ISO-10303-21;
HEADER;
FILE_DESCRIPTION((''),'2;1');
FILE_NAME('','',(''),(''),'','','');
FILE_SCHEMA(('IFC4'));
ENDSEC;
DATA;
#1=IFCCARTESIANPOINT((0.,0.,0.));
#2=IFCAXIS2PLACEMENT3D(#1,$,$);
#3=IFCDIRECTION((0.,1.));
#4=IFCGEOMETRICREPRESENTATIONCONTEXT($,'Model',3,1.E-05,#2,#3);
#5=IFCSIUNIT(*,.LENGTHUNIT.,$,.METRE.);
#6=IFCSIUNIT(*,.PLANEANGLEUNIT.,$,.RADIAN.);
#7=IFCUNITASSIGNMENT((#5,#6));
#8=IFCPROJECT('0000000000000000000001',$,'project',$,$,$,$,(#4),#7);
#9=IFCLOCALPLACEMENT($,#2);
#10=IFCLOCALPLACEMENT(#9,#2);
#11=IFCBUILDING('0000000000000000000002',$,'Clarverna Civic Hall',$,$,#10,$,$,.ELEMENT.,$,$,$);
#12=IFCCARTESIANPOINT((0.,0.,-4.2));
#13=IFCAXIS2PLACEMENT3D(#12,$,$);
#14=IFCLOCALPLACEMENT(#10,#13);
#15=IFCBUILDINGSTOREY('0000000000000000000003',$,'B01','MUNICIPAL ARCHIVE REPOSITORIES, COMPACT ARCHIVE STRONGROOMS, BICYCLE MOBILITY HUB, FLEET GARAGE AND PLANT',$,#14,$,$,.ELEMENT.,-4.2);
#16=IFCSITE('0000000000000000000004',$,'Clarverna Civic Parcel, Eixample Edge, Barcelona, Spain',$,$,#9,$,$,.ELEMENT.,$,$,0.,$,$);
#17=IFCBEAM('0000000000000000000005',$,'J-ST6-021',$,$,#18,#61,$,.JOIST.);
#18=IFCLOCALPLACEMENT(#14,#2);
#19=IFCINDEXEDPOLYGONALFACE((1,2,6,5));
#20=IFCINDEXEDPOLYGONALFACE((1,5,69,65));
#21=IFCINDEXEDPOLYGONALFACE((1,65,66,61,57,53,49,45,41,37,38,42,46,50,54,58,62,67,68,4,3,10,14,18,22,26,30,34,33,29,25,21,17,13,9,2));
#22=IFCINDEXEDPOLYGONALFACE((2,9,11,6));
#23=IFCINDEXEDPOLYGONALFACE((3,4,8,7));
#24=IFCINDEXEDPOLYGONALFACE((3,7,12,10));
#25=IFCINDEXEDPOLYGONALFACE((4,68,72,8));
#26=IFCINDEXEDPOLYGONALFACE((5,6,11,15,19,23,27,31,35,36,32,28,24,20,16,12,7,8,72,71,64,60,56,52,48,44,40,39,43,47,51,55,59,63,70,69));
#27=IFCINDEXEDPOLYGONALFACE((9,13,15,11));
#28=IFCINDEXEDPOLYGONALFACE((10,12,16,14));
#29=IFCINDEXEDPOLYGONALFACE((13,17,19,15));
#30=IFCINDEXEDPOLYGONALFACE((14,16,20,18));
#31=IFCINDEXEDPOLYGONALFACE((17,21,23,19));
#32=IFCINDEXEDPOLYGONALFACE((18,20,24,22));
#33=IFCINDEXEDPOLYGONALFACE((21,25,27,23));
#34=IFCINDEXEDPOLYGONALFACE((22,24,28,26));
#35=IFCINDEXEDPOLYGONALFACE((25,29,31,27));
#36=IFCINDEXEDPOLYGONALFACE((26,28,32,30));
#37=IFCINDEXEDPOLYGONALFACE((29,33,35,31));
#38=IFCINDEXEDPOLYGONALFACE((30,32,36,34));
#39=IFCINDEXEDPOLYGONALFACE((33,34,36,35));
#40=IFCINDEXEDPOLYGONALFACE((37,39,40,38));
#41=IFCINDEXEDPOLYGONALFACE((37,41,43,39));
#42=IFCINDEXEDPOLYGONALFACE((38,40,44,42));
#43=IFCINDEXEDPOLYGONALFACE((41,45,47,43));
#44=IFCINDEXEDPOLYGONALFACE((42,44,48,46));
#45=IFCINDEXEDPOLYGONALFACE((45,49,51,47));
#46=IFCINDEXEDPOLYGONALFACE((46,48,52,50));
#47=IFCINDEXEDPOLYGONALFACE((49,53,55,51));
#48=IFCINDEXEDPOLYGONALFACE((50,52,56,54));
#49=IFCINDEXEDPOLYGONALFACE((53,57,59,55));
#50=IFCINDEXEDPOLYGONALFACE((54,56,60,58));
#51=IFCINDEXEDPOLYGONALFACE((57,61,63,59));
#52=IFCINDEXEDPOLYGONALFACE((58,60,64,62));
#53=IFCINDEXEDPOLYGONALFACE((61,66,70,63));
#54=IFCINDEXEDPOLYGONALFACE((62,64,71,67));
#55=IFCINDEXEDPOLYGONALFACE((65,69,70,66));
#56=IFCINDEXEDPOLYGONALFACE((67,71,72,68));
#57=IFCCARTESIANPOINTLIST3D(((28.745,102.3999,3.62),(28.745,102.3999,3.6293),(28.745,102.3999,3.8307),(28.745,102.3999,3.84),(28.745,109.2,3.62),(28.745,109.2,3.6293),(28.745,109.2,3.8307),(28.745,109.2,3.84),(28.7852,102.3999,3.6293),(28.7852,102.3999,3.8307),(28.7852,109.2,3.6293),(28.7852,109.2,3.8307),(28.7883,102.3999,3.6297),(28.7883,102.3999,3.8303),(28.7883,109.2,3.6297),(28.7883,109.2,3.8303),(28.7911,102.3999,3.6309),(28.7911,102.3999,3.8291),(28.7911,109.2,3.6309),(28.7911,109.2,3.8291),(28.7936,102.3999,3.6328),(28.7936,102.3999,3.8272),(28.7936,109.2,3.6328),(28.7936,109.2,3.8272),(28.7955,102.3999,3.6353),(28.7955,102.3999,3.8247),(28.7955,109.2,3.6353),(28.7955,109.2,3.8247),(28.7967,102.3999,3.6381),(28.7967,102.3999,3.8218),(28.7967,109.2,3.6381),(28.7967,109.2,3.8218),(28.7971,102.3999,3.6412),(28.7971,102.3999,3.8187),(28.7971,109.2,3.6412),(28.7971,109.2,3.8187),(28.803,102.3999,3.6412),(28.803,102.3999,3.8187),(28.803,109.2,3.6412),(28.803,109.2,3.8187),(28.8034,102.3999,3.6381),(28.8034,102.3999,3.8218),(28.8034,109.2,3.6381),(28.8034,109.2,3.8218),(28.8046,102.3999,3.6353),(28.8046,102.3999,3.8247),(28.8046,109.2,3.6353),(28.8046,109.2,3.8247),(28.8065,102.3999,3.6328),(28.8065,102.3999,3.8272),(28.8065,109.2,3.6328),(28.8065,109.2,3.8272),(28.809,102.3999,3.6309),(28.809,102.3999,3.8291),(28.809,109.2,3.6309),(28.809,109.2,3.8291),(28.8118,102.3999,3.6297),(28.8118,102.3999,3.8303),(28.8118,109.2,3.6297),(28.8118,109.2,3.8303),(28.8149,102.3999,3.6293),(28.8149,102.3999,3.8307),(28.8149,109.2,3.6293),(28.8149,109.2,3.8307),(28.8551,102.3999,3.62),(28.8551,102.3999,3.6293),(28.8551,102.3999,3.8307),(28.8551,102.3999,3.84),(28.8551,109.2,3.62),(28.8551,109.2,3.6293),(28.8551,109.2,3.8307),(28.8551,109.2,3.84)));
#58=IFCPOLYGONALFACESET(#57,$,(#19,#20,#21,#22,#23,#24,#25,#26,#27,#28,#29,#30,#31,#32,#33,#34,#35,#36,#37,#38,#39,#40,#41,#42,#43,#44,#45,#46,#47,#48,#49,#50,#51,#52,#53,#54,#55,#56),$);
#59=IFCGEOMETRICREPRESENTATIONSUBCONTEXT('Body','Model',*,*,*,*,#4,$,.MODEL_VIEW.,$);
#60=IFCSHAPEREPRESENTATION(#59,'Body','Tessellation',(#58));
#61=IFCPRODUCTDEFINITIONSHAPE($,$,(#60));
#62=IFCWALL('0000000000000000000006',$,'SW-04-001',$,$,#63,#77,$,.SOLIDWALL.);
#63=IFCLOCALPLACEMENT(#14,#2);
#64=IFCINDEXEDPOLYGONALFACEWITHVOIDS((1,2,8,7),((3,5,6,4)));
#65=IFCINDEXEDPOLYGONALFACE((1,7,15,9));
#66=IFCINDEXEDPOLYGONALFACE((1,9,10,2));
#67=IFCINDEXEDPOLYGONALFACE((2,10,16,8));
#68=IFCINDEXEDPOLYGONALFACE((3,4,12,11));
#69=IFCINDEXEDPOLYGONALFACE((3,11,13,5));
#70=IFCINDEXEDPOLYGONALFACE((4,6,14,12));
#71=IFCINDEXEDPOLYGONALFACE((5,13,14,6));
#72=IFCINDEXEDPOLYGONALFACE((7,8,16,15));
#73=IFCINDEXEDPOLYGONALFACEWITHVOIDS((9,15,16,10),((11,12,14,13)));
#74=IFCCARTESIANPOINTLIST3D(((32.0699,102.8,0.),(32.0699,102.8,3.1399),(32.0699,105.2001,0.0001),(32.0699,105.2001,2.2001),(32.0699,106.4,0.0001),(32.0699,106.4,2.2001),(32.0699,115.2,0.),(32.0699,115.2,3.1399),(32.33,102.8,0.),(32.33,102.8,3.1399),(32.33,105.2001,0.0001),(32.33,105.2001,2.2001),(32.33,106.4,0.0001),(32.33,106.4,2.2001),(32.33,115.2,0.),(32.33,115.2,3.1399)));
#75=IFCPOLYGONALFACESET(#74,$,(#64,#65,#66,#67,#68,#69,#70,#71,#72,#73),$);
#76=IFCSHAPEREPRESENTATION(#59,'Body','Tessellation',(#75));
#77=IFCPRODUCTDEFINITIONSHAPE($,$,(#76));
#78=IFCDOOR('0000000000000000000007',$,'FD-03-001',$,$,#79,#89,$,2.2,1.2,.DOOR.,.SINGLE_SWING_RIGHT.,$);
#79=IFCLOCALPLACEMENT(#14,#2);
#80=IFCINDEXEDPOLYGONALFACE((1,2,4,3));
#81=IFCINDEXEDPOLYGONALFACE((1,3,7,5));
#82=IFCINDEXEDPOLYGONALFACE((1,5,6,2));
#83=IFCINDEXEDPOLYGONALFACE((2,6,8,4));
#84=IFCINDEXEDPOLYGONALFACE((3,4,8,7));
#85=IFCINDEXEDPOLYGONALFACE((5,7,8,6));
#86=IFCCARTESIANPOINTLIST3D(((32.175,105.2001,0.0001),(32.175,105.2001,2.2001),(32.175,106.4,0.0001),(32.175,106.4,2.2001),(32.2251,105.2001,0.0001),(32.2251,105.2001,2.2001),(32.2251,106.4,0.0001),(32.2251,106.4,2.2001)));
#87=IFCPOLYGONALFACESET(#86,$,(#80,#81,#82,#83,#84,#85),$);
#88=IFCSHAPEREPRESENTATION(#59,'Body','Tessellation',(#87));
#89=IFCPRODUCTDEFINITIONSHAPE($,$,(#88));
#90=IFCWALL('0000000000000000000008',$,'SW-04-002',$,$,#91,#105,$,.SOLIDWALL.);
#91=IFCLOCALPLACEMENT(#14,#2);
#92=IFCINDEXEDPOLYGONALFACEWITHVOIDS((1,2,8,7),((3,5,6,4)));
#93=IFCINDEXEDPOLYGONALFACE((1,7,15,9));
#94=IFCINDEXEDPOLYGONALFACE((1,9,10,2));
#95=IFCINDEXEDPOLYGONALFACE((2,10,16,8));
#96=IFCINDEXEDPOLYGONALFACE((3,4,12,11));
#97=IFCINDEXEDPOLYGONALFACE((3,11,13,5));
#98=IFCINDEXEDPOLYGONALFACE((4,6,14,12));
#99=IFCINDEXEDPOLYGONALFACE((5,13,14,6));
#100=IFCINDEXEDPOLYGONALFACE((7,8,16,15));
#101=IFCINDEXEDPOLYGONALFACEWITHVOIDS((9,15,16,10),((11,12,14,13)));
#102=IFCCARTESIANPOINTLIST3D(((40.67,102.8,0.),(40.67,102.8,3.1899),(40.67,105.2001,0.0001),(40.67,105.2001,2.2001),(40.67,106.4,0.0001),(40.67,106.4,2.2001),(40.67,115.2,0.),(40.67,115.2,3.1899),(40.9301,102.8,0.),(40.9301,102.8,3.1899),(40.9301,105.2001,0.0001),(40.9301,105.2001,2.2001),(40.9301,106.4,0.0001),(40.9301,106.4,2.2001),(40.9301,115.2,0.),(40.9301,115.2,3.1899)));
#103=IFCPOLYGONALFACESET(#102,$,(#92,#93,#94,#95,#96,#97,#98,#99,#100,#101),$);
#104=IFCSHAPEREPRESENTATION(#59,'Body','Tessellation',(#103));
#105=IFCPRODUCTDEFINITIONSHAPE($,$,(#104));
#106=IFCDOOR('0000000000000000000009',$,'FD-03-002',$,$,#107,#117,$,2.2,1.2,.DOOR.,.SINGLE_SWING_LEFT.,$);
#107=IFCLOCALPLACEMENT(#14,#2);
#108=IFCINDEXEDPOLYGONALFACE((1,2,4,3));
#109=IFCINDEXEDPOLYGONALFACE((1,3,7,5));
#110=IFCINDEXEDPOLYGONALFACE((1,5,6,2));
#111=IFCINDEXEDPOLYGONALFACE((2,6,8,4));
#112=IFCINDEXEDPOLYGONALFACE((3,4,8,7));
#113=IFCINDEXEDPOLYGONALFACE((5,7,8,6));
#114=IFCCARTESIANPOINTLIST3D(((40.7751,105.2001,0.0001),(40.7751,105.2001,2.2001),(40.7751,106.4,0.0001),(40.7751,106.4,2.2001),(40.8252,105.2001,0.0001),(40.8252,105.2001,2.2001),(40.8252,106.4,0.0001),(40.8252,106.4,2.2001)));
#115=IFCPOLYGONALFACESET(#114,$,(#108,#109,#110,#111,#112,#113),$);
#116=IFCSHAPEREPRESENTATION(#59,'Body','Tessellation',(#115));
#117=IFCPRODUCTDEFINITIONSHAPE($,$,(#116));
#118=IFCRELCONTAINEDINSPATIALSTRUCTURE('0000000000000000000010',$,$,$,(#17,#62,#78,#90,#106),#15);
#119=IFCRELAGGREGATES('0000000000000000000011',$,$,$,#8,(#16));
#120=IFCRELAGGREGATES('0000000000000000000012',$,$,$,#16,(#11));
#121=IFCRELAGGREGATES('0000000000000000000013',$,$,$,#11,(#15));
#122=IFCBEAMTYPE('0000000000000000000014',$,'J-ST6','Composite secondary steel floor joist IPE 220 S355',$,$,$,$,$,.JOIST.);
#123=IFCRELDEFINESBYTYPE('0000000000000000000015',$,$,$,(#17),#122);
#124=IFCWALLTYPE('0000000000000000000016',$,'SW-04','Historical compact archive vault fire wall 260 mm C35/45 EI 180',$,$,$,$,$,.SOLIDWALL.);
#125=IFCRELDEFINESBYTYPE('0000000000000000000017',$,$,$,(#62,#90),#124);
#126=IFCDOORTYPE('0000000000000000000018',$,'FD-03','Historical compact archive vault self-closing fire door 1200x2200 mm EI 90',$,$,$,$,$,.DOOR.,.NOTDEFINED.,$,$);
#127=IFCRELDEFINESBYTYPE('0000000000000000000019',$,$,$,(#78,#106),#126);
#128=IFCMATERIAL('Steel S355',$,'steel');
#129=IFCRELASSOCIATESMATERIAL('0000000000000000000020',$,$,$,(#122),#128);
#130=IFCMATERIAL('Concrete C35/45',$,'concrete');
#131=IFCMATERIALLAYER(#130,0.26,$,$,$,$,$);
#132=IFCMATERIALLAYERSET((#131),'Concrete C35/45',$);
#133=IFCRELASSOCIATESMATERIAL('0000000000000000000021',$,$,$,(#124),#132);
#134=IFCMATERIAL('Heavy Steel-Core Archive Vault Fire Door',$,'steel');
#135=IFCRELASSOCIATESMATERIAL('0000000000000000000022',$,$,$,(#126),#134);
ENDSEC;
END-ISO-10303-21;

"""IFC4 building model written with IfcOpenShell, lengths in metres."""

from ifc_helpers import new_model, si_unit, direction, frame, frame_2d, origin, origin_2d, place, context, subcontext, project, spatial, rectangle, i_section, extrude, material, layer, layer_set, material_profile, profile_set, type_object, element, fill, save


model = new_model("IFC4")

# Units and contexts
model_context = context("Model", 3, precision=1e-05, world=origin(), true_north=direction((0.0, 1.0)))
body_context = subcontext(model_context, "Body", "Model", "MODEL_VIEW")
ifc_project = project(units=[si_unit("LENGTHUNIT", "METRE"), si_unit("PLANEANGLEUNIT", "RADIAN")], contexts=[model_context])

# Site, building, storey
site_placement = place(None, origin())
site = spatial("IfcSite", under=ifc_project, at=site_placement, Name="Clarverna Civic Parcel, Eixample Edge, Barcelona, Spain", CompositionType="ELEMENT", RefElevation=0.0)
building_placement = place(site_placement, origin())
building = spatial("IfcBuilding", under=site, at=building_placement, Name="Clarverna Civic Hall", CompositionType="ELEMENT")
storey_placement = place(building_placement, frame((0.0, 0.0, -4.2)))
storey = spatial("IfcBuildingStorey", under=building, at=storey_placement, Name="B01", Description="MUNICIPAL ARCHIVE REPOSITORIES, COMPACT ARCHIVE STRONGROOMS, BICYCLE MOBILITY HUB, FLEET GARAGE AND PLANT", CompositionType="ELEMENT", Elevation=-4.2)

# Beam
ifc_material_1 = material(Name="Concrete C35/45", Category="concrete")
ifc_material_2 = material(Name="Steel S355", Category="steel")
ifc_material_profile_1 = material_profile(ifc_material_2, i_section(OverallWidth=0.1101, OverallDepth=0.22, WebThickness=0.0059, FlangeThickness=0.0093, FilletRadius=0.012, at=origin_2d()), Name="IPE 220")
ifc_profile_set_1 = profile_set([ifc_material_profile_1], Name="Steel S355")
beam_type_1 = type_object("IfcBeamType", Name="J-ST6", Description="Composite secondary steel floor joist IPE 220 S355", PredefinedType="JOIST", material=ifc_profile_set_1)
beam_1_placement = place(storey_placement, frame((28.8, 102.3999, 3.73), z_axis=(0.0, 1.0, 0.0), x_axis=(-1.0, 0.0, 0.0)))
element("IfcBeam", 1, at=beam_1_placement, inside=storey, type_object=beam_type_1, Name="J-ST6-021", PredefinedType="JOIST", context=body_context, shape_type="SweptSolid", body=[
    extrude(i_section(OverallWidth=0.1101, OverallDepth=0.22, WebThickness=0.0059, FlangeThickness=0.0093, FilletRadius=0.012, at=origin_2d()), origin(), (0.0, 0.0, 1.0), 6.8),
])

# Walls, openings, doors
ifc_layer = layer(ifc_material_1, 0.26)
ifc_layer_set = layer_set([ifc_layer], Name="Concrete C35/45")
wall_type = type_object("IfcWallType", Name="SW-04", Description="Historical compact archive vault fire wall 260 mm C35/45 EI 180", PredefinedType="SOLIDWALL", material=ifc_layer_set)
wall_1_placement = place(storey_placement, frame((32.2, 102.8, 0.0), z_axis=(0.0, 0.0, 1.0), x_axis=(0.0, 1.0, 0.0)))
wall_1 = element("IfcWall", 2, at=wall_1_placement, inside=storey, type_object=wall_type, Name="SW-04-001", PredefinedType="SOLIDWALL", context=body_context, shape_type="SweptSolid", body=[
    extrude(rectangle(XDim=12.3999, YDim=0.26, at=frame_2d((6.2, 0.0))), origin(), (0.0, 0.0, 1.0), 3.1399),
])
opening_1_placement = place(wall_1_placement, frame((2.3999, 0.0, 0.0)))
opening_1 = element("IfcOpeningElement", 3, at=opening_1_placement, cuts=wall_1, PredefinedType="OPENING", context=body_context, shape_type="SweptSolid", body=[
    extrude(rectangle(XDim=1.2, YDim=2.2, at=frame_2d((0.6001, 1.1001))), frame((0.0, 0.1399, 0.0), z_axis=(0.0, -1.0, 0.0), x_axis=(1.0, 0.0, 0.0)), (0.0, 0.0, 1.0), 0.28),
])
ifc_material_3 = material(Name="Heavy Steel-Core Archive Vault Fire Door", Category="steel")
door_type = type_object("IfcDoorType", Name="FD-03", Description="Historical compact archive vault self-closing fire door 1200x2200 mm EI 90", OperationType="NOTDEFINED", PredefinedType="DOOR", material=ifc_material_3)
door_1_placement = place(opening_1_placement, origin())
door_1 = element("IfcDoor", 4, at=door_1_placement, inside=storey, type_object=door_type, Name="FD-03-001", OperationType="SINGLE_SWING_RIGHT", OverallHeight=2.2, OverallWidth=1.2, PredefinedType="DOOR", context=body_context, shape_type="SweptSolid", body=[
    extrude(rectangle(XDim=1.2, YDim=2.2, at=frame_2d((0.6001, 1.1001))), frame((0.0, 0.0249, 0.0), z_axis=(0.0, -1.0, 0.0), x_axis=(1.0, 0.0, 0.0)), (0.0, 0.0, 1.0), 0.05),
])
fill(opening_1, door_1)
wall_2_placement = place(storey_placement, frame((40.8, 102.8, 0.0), z_axis=(0.0, 0.0, 1.0), x_axis=(0.0, 1.0, 0.0)))
wall_2 = element("IfcWall", 5, at=wall_2_placement, inside=storey, type_object=wall_type, Name="SW-04-002", PredefinedType="SOLIDWALL", context=body_context, shape_type="SweptSolid", body=[
    extrude(rectangle(XDim=12.3999, YDim=0.26, at=frame_2d((6.2, 0.0))), origin(), (0.0, 0.0, 1.0), 3.1899),
])
opening_2_placement = place(wall_2_placement, frame((2.3999, 0.0, 0.0)))
opening_2 = element("IfcOpeningElement", 6, at=opening_2_placement, cuts=wall_2, PredefinedType="OPENING", context=body_context, shape_type="SweptSolid", body=[
    extrude(rectangle(XDim=1.2, YDim=2.2, at=frame_2d((0.6001, 1.1001))), frame((0.0, 0.1399, 0.0), z_axis=(0.0, -1.0, 0.0), x_axis=(1.0, 0.0, 0.0)), (0.0, 0.0, 1.0), 0.28),
])
door_2_placement = place(opening_2_placement, origin())
door_2 = element("IfcDoor", 7, at=door_2_placement, inside=storey, type_object=door_type, Name="FD-03-002", OperationType="SINGLE_SWING_LEFT", OverallHeight=2.2, OverallWidth=1.2, PredefinedType="DOOR", context=body_context, shape_type="SweptSolid", body=[
    extrude(rectangle(XDim=1.2, YDim=2.2, at=frame_2d((0.6001, 1.1001))), frame((0.0, 0.0249, 0.0), z_axis=(0.0, -1.0, 0.0), x_axis=(1.0, 0.0, 0.0)), (0.0, 0.0, 1.0), 0.05),
])
fill(opening_2, door_2)

save(model, "model.ifc")
